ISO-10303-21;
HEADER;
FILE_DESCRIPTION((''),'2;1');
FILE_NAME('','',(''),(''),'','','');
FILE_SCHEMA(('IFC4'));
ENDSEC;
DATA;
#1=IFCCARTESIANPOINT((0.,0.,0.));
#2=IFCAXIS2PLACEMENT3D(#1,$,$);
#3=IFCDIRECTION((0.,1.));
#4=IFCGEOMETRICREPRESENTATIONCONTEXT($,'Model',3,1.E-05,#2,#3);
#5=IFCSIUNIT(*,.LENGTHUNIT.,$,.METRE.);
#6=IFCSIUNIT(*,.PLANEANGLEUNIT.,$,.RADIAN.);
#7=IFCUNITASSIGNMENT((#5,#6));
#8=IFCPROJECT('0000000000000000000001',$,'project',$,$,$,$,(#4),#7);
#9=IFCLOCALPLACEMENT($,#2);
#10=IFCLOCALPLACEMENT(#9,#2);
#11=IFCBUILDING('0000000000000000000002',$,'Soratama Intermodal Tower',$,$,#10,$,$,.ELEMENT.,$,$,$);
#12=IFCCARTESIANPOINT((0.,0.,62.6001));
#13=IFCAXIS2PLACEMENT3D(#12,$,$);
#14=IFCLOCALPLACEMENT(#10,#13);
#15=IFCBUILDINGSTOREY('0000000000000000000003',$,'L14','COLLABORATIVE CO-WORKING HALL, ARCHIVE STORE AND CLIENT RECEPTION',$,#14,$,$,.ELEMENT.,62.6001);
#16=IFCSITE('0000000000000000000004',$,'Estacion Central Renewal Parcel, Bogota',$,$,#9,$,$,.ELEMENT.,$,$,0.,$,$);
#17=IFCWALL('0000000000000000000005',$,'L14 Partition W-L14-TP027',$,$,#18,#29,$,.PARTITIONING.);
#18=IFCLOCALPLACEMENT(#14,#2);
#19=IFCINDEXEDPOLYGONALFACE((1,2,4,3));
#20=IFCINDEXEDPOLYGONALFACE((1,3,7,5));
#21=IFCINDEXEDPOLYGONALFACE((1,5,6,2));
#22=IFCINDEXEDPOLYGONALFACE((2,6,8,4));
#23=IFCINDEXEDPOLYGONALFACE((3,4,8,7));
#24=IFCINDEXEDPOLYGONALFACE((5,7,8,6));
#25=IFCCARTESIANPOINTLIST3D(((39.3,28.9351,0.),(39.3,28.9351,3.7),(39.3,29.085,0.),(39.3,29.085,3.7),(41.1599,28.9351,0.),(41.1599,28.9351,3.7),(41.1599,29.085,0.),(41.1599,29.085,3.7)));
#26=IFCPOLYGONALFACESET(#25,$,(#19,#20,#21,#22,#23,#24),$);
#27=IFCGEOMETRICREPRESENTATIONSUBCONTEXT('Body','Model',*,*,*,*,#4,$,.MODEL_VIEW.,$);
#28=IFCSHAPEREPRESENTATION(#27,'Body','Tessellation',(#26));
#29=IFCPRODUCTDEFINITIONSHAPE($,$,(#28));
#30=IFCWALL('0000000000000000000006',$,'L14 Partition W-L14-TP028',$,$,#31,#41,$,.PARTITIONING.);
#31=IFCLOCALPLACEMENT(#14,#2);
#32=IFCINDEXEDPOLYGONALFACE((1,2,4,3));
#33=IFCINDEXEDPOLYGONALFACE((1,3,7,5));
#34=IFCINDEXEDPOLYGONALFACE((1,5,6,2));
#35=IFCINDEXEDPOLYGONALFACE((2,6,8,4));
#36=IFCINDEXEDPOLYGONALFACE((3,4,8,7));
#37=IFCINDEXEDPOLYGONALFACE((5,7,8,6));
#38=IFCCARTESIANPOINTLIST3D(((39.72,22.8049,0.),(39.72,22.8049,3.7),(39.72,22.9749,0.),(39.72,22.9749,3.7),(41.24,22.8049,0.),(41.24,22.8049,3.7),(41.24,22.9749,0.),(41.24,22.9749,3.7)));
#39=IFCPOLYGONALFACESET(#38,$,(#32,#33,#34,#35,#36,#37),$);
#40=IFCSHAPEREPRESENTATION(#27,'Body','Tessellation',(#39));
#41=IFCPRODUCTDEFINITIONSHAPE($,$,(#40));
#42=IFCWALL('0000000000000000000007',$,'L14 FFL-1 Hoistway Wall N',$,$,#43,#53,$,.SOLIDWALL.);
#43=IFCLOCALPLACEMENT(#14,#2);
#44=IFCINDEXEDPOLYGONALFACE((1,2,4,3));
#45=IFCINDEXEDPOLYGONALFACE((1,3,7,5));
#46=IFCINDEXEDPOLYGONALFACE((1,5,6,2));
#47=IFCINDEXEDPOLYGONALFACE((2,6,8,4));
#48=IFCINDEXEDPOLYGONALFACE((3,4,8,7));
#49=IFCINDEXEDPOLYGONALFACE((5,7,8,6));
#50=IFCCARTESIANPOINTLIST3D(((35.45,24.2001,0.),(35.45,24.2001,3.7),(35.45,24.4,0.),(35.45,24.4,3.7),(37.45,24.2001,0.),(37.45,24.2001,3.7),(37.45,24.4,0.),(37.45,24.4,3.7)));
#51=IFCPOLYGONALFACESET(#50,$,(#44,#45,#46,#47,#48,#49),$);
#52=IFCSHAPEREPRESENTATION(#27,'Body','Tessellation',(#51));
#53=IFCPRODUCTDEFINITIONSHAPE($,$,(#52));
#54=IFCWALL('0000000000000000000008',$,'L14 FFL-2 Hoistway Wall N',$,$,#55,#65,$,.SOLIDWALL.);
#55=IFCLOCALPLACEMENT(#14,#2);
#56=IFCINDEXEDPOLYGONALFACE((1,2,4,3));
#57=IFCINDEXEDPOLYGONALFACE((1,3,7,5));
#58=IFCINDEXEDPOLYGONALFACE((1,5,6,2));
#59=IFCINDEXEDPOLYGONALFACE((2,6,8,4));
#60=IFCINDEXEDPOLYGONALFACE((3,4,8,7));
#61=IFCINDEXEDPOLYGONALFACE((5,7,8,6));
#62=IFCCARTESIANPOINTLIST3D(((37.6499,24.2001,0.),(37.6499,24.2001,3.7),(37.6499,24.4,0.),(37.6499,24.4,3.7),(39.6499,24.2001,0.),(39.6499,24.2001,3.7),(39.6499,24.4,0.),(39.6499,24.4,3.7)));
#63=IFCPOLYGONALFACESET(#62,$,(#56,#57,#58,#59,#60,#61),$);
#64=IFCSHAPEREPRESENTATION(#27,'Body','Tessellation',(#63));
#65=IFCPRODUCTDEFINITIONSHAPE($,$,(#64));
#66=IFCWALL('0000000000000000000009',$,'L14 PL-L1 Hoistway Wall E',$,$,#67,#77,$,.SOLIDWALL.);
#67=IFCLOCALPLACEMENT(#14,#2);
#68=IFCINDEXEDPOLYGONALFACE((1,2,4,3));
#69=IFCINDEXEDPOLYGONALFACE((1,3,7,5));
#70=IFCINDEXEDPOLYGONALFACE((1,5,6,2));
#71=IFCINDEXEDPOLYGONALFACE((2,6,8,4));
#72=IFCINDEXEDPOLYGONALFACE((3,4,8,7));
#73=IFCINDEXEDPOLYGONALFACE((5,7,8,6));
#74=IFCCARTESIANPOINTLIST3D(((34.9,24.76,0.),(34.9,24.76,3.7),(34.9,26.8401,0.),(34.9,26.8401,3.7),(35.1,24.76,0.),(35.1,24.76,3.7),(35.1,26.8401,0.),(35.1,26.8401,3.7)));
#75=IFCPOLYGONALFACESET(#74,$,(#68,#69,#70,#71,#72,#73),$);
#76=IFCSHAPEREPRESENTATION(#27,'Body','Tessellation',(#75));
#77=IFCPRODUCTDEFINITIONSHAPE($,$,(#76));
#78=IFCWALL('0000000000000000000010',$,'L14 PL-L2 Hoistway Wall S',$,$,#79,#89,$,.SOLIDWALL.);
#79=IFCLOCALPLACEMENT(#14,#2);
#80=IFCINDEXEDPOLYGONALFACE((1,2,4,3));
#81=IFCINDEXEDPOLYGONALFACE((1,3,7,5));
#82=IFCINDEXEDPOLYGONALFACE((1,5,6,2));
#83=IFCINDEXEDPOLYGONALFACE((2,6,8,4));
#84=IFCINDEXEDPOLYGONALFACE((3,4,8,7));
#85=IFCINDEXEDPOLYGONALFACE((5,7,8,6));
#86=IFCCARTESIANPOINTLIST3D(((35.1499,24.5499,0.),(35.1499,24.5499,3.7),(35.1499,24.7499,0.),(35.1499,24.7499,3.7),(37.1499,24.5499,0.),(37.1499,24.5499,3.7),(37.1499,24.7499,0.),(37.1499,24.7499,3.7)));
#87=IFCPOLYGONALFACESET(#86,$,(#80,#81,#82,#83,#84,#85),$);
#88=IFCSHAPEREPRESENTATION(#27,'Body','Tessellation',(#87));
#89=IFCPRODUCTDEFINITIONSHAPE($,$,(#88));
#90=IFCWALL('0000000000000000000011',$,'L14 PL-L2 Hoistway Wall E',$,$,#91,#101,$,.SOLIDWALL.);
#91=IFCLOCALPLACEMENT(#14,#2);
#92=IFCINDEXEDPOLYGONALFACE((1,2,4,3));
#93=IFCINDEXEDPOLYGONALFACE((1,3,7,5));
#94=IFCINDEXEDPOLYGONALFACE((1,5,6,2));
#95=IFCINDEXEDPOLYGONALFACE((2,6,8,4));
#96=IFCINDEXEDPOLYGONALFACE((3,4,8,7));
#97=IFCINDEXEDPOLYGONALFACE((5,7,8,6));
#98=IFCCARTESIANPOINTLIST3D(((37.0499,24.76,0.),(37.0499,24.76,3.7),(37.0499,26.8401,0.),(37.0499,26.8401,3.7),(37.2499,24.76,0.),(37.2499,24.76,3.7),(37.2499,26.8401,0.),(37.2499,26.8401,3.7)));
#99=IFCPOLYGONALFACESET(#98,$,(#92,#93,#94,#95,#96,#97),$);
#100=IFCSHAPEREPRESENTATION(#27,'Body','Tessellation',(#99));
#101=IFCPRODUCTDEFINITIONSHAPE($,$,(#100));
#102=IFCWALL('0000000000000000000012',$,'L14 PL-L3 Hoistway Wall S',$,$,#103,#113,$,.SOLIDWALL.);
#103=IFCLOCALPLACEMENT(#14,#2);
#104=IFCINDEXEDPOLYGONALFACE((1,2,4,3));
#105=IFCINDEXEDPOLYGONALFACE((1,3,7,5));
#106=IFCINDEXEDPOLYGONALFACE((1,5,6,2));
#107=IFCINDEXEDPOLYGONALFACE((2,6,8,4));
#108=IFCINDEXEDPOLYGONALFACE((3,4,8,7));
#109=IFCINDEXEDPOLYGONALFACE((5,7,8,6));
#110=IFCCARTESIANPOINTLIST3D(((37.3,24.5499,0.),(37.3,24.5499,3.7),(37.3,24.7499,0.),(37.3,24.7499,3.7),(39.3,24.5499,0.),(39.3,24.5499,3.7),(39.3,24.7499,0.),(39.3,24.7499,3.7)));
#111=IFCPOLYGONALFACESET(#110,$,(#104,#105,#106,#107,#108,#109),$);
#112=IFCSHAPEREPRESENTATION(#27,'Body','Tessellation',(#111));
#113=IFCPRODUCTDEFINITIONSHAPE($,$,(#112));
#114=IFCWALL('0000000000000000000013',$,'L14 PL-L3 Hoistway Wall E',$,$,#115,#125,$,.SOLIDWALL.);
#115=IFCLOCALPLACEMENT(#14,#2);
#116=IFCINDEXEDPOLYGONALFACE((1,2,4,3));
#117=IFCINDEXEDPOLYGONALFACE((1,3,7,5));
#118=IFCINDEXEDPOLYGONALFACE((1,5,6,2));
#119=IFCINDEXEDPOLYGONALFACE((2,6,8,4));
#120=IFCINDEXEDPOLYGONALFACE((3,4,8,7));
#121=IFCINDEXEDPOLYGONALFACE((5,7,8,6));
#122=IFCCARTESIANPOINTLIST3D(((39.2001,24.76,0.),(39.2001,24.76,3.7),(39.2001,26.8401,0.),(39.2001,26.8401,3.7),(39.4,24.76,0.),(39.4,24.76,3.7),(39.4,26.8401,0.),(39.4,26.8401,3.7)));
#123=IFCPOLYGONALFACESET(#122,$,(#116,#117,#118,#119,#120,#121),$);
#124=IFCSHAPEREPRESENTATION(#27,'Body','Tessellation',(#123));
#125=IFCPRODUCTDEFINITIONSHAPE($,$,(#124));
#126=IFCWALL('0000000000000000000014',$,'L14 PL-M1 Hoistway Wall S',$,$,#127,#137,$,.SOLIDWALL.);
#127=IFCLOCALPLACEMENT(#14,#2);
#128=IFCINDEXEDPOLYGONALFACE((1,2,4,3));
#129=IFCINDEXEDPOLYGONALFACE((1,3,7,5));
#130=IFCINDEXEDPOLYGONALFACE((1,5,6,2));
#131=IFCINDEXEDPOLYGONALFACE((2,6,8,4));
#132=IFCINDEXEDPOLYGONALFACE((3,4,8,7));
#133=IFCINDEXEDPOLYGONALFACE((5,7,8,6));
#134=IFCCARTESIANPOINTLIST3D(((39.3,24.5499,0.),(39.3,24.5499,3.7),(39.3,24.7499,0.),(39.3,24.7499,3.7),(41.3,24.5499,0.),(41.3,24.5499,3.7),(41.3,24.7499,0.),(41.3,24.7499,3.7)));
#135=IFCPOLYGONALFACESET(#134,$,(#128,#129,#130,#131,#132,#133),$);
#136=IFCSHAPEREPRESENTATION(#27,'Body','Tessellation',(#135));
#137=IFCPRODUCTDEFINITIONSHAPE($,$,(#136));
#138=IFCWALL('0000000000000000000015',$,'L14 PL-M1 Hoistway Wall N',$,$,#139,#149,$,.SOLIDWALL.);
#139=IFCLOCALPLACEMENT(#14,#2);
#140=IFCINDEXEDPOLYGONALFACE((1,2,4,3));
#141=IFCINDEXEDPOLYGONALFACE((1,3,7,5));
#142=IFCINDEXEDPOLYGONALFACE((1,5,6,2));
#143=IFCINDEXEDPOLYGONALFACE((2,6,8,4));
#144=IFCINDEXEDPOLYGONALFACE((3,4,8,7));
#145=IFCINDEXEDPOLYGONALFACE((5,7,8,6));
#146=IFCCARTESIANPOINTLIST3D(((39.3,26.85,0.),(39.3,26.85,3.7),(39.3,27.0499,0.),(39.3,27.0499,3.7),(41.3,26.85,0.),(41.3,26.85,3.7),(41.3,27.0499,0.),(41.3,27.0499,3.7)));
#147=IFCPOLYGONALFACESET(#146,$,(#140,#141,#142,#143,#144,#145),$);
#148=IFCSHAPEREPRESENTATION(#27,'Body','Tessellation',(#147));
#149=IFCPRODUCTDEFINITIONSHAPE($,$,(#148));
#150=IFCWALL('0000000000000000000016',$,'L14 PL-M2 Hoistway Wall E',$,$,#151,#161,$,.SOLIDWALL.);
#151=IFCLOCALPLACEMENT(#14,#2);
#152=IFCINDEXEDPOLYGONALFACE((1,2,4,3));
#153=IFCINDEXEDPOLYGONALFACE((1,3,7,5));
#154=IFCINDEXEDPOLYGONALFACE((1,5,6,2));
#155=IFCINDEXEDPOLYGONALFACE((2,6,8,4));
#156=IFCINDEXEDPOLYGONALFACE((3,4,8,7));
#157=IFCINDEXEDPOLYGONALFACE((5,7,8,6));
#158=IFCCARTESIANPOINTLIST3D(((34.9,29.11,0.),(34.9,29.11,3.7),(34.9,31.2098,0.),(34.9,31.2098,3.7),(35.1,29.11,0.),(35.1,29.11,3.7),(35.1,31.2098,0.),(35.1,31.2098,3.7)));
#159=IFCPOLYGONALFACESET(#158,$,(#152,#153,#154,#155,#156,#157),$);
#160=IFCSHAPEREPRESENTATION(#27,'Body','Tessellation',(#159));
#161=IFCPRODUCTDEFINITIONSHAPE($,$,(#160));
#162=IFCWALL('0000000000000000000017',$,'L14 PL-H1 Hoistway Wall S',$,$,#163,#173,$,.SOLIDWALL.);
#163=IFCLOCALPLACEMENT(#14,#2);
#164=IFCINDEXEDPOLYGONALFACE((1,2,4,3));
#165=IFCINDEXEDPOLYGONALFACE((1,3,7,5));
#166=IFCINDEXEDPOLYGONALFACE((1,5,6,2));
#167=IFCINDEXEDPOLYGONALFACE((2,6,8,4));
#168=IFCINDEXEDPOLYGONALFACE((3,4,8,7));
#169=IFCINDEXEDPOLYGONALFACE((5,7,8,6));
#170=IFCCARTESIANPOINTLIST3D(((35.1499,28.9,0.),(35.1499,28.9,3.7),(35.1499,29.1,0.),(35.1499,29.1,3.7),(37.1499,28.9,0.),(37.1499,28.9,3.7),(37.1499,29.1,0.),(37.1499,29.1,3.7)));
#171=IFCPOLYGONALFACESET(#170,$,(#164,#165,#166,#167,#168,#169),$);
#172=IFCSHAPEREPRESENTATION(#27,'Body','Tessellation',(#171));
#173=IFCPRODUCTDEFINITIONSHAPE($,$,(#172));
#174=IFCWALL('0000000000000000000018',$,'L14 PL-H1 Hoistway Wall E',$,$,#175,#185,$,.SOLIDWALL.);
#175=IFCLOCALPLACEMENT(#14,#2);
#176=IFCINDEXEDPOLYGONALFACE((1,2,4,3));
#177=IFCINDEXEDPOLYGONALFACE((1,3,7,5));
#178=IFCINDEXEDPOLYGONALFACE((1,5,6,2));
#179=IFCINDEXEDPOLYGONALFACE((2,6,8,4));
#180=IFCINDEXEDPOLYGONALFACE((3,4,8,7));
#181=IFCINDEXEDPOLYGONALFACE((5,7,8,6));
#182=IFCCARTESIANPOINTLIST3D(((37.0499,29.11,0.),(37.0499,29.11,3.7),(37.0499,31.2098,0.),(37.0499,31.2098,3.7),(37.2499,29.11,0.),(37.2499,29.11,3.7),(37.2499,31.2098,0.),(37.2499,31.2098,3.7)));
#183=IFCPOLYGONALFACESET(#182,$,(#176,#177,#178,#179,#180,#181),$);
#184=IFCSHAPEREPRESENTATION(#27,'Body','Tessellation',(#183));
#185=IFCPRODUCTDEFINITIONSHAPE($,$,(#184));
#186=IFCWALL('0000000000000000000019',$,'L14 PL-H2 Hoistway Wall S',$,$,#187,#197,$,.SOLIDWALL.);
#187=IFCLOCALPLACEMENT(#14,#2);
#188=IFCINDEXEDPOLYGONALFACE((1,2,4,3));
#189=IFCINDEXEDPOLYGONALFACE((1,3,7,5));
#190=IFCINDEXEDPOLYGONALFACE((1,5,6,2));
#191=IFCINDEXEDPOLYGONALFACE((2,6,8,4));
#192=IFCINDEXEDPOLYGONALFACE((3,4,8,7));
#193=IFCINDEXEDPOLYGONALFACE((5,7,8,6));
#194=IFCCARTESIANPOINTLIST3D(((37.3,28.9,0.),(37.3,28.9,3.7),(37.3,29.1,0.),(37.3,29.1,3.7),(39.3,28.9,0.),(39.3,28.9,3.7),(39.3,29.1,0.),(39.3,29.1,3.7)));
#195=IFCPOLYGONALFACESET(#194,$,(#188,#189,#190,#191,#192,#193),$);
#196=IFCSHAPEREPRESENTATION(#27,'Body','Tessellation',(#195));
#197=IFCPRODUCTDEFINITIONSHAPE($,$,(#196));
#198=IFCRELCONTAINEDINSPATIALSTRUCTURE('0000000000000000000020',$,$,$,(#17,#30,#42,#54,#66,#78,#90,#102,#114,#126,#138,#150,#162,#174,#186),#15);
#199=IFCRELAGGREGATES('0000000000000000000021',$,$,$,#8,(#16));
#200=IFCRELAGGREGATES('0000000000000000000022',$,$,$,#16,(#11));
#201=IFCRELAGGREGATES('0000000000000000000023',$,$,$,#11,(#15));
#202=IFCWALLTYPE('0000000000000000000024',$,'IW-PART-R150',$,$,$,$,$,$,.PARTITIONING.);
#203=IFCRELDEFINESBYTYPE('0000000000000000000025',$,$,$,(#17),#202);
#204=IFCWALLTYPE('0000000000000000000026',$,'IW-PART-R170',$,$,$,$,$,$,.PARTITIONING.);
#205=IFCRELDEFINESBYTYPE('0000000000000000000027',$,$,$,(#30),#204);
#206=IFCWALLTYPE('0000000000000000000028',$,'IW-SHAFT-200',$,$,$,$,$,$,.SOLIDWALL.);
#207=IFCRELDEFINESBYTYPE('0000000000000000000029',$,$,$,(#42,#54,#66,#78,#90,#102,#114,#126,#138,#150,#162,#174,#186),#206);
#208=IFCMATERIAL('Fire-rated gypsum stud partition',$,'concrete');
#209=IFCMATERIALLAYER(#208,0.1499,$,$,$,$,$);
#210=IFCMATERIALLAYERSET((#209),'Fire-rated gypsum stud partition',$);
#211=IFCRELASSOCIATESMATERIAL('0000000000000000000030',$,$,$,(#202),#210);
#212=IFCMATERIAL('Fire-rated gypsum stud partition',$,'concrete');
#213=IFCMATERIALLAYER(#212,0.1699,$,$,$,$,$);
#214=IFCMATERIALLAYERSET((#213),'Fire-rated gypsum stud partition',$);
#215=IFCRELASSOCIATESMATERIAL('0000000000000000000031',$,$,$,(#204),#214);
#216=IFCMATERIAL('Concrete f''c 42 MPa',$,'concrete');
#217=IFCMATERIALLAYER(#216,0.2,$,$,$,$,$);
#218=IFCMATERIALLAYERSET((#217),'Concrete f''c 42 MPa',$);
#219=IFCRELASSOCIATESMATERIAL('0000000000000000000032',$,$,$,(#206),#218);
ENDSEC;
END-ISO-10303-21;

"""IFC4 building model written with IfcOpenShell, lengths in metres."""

from ifc_helpers import new_model, si_unit, direction, frame, frame_2d, origin, place, context, subcontext, project, spatial, rectangle, extrude, material, layer, layer_set, type_object, element, save


model = new_model("IFC4")

# Units and contexts
model_context = context("Model", 3, precision=1e-05, world=origin(), true_north=direction((0.0, 1.0)))
body_context = subcontext(model_context, "Body", "Model", "MODEL_VIEW")
ifc_project = project(units=[si_unit("LENGTHUNIT", "METRE"), si_unit("PLANEANGLEUNIT", "RADIAN")], contexts=[model_context])

# Site, building, storey
site_placement = place(None, origin())
site = spatial("IfcSite", under=ifc_project, at=site_placement, Name="Estacion Central Renewal Parcel, Bogota", CompositionType="ELEMENT", RefElevation=0.0)
building_placement = place(site_placement, origin())
building = spatial("IfcBuilding", under=site, at=building_placement, Name="Soratama Intermodal Tower", CompositionType="ELEMENT")
storey_placement = place(building_placement, frame((0.0, 0.0, 62.6001)))
storey = spatial("IfcBuildingStorey", under=building, at=storey_placement, Name="L14", Description="COLLABORATIVE CO-WORKING HALL, ARCHIVE STORE AND CLIENT RECEPTION", CompositionType="ELEMENT", Elevation=62.6001)

# Walls
ifc_material_1 = material(Name="Fire-rated gypsum stud partition", Category="concrete")
ifc_layer_1 = layer(ifc_material_1, 0.1499)
ifc_layer_set_1 = layer_set([ifc_layer_1], Name="Fire-rated gypsum stud partition")
wall_type_1 = type_object("IfcWallType", Name="IW-PART-R150", PredefinedType="PARTITIONING", material=ifc_layer_set_1)
wall_1_placement = place(storey_placement, frame((39.3, 29.01, 0.0), z_axis=(0.0, 0.0, 1.0), x_axis=(1.0, 0.0, 0.0)))
element("IfcWall", 1, at=wall_1_placement, inside=storey, type_object=wall_type_1, Name="L14 Partition W-L14-TP027", PredefinedType="PARTITIONING", context=body_context, shape_type="SweptSolid", body=[
    extrude(rectangle(XDim=1.8599, YDim=0.1499, at=frame_2d((0.9299, 0.0))), origin(), (0.0, 0.0, 1.0), 3.7),
])
ifc_material_2 = material(Name="Fire-rated gypsum stud partition", Category="concrete")
ifc_layer_2 = layer(ifc_material_2, 0.1699)
ifc_layer_set_2 = layer_set([ifc_layer_2], Name="Fire-rated gypsum stud partition")
wall_type_2 = type_object("IfcWallType", Name="IW-PART-R170", PredefinedType="PARTITIONING", material=ifc_layer_set_2)
wall_2_placement = place(storey_placement, frame((39.72, 22.8899, 0.0), z_axis=(0.0, 0.0, 1.0), x_axis=(1.0, 0.0, 0.0)))
element("IfcWall", 2, at=wall_2_placement, inside=storey, type_object=wall_type_2, Name="L14 Partition W-L14-TP028", PredefinedType="PARTITIONING", context=body_context, shape_type="SweptSolid", body=[
    extrude(rectangle(XDim=1.52, YDim=0.1699, at=frame_2d((0.76, 0.0))), origin(), (0.0, 0.0, 1.0), 3.7),
])
ifc_material_3 = material(Name="Concrete f'c 42 MPa", Category="concrete")
ifc_layer_3 = layer(ifc_material_3, 0.2)
ifc_layer_set_3 = layer_set([ifc_layer_3], Name="Concrete f'c 42 MPa")
wall_type_3 = type_object("IfcWallType", Name="IW-SHAFT-200", PredefinedType="SOLIDWALL", material=ifc_layer_set_3)
for number, where, z_axis, x_axis, name in (
    (3, (35.45, 24.3, 0.0), (0.0, 0.0, 1.0), (1.0, 0.0, 0.0), "L14 FFL-1 Hoistway Wall N"),
    (4, (37.6499, 24.3, 0.0), (0.0, 0.0, 1.0), (1.0, 0.0, 0.0), "L14 FFL-2 Hoistway Wall N"),
):
    element("IfcWall", number, at=place(storey_placement, frame(where, z_axis=z_axis, x_axis=x_axis)), inside=storey, type_object=wall_type_3, Name=name, PredefinedType="SOLIDWALL", context=body_context, shape_type="SweptSolid", body=[
        extrude(rectangle(XDim=2.0, YDim=0.2, at=frame_2d((1.0, 0.0))), origin(), (0.0, 0.0, 1.0), 3.7),
    ])
wall_3_placement = place(storey_placement, frame((35.0, 24.76, 0.0), z_axis=(0.0, 0.0, 1.0), x_axis=(0.0, 1.0, 0.0)))
element("IfcWall", 5, at=wall_3_placement, inside=storey, type_object=wall_type_3, Name="L14 PL-L1 Hoistway Wall E", PredefinedType="SOLIDWALL", context=body_context, shape_type="SweptSolid", body=[
    extrude(rectangle(XDim=2.0801, YDim=0.2, at=frame_2d((1.04, 0.0))), origin(), (0.0, 0.0, 1.0), 3.7),
])
wall_4_placement = place(storey_placement, frame((35.1499, 24.6499, 0.0), z_axis=(0.0, 0.0, 1.0), x_axis=(1.0, 0.0, 0.0)))
element("IfcWall", 6, at=wall_4_placement, inside=storey, type_object=wall_type_3, Name="L14 PL-L2 Hoistway Wall S", PredefinedType="SOLIDWALL", context=body_context, shape_type="SweptSolid", body=[
    extrude(rectangle(XDim=2.0, YDim=0.2, at=frame_2d((1.0, 0.0))), origin(), (0.0, 0.0, 1.0), 3.7),
])

# Walls
wall_5_placement = place(storey_placement, frame((37.1499, 24.76, 0.0), z_axis=(0.0, 0.0, 1.0), x_axis=(0.0, 1.0, 0.0)))
element("IfcWall", 7, at=wall_5_placement, inside=storey, type_object=wall_type_3, Name="L14 PL-L2 Hoistway Wall E", PredefinedType="SOLIDWALL", context=body_context, shape_type="SweptSolid", body=[
    extrude(rectangle(XDim=2.0801, YDim=0.2, at=frame_2d((1.04, 0.0))), origin(), (0.0, 0.0, 1.0), 3.7),
])
wall_6_placement = place(storey_placement, frame((37.3, 24.6499, 0.0), z_axis=(0.0, 0.0, 1.0), x_axis=(1.0, 0.0, 0.0)))
element("IfcWall", 8, at=wall_6_placement, inside=storey, type_object=wall_type_3, Name="L14 PL-L3 Hoistway Wall S", PredefinedType="SOLIDWALL", context=body_context, shape_type="SweptSolid", body=[
    extrude(rectangle(XDim=2.0, YDim=0.2, at=frame_2d((1.0, 0.0))), origin(), (0.0, 0.0, 1.0), 3.7),
])

# Walls
wall_7_placement = place(storey_placement, frame((39.3, 24.76, 0.0), z_axis=(0.0, 0.0, 1.0), x_axis=(0.0, 1.0, 0.0)))
element("IfcWall", 9, at=wall_7_placement, inside=storey, type_object=wall_type_3, Name="L14 PL-L3 Hoistway Wall E", PredefinedType="SOLIDWALL", context=body_context, shape_type="SweptSolid", body=[
    extrude(rectangle(XDim=2.0801, YDim=0.2, at=frame_2d((1.04, 0.0))), origin(), (0.0, 0.0, 1.0), 3.7),
])
for number, where, z_axis, x_axis, name in (
    (10, (39.3, 24.6499, 0.0), (0.0, 0.0, 1.0), (1.0, 0.0, 0.0), "L14 PL-M1 Hoistway Wall S"),
    (11, (39.3, 26.95, 0.0), (0.0, 0.0, 1.0), (1.0, 0.0, 0.0), "L14 PL-M1 Hoistway Wall N"),
):
    element("IfcWall", number, at=place(storey_placement, frame(where, z_axis=z_axis, x_axis=x_axis)), inside=storey, type_object=wall_type_3, Name=name, PredefinedType="SOLIDWALL", context=body_context, shape_type="SweptSolid", body=[
        extrude(rectangle(XDim=2.0, YDim=0.2, at=frame_2d((1.0, 0.0))), origin(), (0.0, 0.0, 1.0), 3.7),
    ])
wall_8_placement = place(storey_placement, frame((35.0, 29.1101, 0.0), z_axis=(0.0, 0.0, 1.0), x_axis=(0.0, 1.0, 0.0)))
element("IfcWall", 12, at=wall_8_placement, inside=storey, type_object=wall_type_3, Name="L14 PL-M2 Hoistway Wall E", PredefinedType="SOLIDWALL", context=body_context, shape_type="SweptSolid", body=[
    extrude(rectangle(XDim=2.0999, YDim=0.2, at=frame_2d((1.0498, 0.0))), origin(), (0.0, 0.0, 1.0), 3.7),
])
wall_9_placement = place(storey_placement, frame((35.1499, 29.0, 0.0), z_axis=(0.0, 0.0, 1.0), x_axis=(1.0, 0.0, 0.0)))
element("IfcWall", 13, at=wall_9_placement, inside=storey, type_object=wall_type_3, Name="L14 PL-H1 Hoistway Wall S", PredefinedType="SOLIDWALL", context=body_context, shape_type="SweptSolid", body=[
    extrude(rectangle(XDim=2.0, YDim=0.2, at=frame_2d((1.0, 0.0))), origin(), (0.0, 0.0, 1.0), 3.7),
])
wall_10_placement = place(storey_placement, frame((37.1499, 29.1101, 0.0), z_axis=(0.0, 0.0, 1.0), x_axis=(0.0, 1.0, 0.0)))
element("IfcWall", 14, at=wall_10_placement, inside=storey, type_object=wall_type_3, Name="L14 PL-H1 Hoistway Wall E", PredefinedType="SOLIDWALL", context=body_context, shape_type="SweptSolid", body=[
    extrude(rectangle(XDim=2.0999, YDim=0.2, at=frame_2d((1.0498, 0.0))), origin(), (0.0, 0.0, 1.0), 3.7),
])
wall_11_placement = place(storey_placement, frame((37.3, 29.0, 0.0), z_axis=(0.0, 0.0, 1.0), x_axis=(1.0, 0.0, 0.0)))
element("IfcWall", 15, at=wall_11_placement, inside=storey, type_object=wall_type_3, Name="L14 PL-H2 Hoistway Wall S", PredefinedType="SOLIDWALL", context=body_context, shape_type="SweptSolid", body=[
    extrude(rectangle(XDim=2.0, YDim=0.2, at=frame_2d((1.0, 0.0))), origin(), (0.0, 0.0, 1.0), 3.7),
])

save(model, "model.ifc")
